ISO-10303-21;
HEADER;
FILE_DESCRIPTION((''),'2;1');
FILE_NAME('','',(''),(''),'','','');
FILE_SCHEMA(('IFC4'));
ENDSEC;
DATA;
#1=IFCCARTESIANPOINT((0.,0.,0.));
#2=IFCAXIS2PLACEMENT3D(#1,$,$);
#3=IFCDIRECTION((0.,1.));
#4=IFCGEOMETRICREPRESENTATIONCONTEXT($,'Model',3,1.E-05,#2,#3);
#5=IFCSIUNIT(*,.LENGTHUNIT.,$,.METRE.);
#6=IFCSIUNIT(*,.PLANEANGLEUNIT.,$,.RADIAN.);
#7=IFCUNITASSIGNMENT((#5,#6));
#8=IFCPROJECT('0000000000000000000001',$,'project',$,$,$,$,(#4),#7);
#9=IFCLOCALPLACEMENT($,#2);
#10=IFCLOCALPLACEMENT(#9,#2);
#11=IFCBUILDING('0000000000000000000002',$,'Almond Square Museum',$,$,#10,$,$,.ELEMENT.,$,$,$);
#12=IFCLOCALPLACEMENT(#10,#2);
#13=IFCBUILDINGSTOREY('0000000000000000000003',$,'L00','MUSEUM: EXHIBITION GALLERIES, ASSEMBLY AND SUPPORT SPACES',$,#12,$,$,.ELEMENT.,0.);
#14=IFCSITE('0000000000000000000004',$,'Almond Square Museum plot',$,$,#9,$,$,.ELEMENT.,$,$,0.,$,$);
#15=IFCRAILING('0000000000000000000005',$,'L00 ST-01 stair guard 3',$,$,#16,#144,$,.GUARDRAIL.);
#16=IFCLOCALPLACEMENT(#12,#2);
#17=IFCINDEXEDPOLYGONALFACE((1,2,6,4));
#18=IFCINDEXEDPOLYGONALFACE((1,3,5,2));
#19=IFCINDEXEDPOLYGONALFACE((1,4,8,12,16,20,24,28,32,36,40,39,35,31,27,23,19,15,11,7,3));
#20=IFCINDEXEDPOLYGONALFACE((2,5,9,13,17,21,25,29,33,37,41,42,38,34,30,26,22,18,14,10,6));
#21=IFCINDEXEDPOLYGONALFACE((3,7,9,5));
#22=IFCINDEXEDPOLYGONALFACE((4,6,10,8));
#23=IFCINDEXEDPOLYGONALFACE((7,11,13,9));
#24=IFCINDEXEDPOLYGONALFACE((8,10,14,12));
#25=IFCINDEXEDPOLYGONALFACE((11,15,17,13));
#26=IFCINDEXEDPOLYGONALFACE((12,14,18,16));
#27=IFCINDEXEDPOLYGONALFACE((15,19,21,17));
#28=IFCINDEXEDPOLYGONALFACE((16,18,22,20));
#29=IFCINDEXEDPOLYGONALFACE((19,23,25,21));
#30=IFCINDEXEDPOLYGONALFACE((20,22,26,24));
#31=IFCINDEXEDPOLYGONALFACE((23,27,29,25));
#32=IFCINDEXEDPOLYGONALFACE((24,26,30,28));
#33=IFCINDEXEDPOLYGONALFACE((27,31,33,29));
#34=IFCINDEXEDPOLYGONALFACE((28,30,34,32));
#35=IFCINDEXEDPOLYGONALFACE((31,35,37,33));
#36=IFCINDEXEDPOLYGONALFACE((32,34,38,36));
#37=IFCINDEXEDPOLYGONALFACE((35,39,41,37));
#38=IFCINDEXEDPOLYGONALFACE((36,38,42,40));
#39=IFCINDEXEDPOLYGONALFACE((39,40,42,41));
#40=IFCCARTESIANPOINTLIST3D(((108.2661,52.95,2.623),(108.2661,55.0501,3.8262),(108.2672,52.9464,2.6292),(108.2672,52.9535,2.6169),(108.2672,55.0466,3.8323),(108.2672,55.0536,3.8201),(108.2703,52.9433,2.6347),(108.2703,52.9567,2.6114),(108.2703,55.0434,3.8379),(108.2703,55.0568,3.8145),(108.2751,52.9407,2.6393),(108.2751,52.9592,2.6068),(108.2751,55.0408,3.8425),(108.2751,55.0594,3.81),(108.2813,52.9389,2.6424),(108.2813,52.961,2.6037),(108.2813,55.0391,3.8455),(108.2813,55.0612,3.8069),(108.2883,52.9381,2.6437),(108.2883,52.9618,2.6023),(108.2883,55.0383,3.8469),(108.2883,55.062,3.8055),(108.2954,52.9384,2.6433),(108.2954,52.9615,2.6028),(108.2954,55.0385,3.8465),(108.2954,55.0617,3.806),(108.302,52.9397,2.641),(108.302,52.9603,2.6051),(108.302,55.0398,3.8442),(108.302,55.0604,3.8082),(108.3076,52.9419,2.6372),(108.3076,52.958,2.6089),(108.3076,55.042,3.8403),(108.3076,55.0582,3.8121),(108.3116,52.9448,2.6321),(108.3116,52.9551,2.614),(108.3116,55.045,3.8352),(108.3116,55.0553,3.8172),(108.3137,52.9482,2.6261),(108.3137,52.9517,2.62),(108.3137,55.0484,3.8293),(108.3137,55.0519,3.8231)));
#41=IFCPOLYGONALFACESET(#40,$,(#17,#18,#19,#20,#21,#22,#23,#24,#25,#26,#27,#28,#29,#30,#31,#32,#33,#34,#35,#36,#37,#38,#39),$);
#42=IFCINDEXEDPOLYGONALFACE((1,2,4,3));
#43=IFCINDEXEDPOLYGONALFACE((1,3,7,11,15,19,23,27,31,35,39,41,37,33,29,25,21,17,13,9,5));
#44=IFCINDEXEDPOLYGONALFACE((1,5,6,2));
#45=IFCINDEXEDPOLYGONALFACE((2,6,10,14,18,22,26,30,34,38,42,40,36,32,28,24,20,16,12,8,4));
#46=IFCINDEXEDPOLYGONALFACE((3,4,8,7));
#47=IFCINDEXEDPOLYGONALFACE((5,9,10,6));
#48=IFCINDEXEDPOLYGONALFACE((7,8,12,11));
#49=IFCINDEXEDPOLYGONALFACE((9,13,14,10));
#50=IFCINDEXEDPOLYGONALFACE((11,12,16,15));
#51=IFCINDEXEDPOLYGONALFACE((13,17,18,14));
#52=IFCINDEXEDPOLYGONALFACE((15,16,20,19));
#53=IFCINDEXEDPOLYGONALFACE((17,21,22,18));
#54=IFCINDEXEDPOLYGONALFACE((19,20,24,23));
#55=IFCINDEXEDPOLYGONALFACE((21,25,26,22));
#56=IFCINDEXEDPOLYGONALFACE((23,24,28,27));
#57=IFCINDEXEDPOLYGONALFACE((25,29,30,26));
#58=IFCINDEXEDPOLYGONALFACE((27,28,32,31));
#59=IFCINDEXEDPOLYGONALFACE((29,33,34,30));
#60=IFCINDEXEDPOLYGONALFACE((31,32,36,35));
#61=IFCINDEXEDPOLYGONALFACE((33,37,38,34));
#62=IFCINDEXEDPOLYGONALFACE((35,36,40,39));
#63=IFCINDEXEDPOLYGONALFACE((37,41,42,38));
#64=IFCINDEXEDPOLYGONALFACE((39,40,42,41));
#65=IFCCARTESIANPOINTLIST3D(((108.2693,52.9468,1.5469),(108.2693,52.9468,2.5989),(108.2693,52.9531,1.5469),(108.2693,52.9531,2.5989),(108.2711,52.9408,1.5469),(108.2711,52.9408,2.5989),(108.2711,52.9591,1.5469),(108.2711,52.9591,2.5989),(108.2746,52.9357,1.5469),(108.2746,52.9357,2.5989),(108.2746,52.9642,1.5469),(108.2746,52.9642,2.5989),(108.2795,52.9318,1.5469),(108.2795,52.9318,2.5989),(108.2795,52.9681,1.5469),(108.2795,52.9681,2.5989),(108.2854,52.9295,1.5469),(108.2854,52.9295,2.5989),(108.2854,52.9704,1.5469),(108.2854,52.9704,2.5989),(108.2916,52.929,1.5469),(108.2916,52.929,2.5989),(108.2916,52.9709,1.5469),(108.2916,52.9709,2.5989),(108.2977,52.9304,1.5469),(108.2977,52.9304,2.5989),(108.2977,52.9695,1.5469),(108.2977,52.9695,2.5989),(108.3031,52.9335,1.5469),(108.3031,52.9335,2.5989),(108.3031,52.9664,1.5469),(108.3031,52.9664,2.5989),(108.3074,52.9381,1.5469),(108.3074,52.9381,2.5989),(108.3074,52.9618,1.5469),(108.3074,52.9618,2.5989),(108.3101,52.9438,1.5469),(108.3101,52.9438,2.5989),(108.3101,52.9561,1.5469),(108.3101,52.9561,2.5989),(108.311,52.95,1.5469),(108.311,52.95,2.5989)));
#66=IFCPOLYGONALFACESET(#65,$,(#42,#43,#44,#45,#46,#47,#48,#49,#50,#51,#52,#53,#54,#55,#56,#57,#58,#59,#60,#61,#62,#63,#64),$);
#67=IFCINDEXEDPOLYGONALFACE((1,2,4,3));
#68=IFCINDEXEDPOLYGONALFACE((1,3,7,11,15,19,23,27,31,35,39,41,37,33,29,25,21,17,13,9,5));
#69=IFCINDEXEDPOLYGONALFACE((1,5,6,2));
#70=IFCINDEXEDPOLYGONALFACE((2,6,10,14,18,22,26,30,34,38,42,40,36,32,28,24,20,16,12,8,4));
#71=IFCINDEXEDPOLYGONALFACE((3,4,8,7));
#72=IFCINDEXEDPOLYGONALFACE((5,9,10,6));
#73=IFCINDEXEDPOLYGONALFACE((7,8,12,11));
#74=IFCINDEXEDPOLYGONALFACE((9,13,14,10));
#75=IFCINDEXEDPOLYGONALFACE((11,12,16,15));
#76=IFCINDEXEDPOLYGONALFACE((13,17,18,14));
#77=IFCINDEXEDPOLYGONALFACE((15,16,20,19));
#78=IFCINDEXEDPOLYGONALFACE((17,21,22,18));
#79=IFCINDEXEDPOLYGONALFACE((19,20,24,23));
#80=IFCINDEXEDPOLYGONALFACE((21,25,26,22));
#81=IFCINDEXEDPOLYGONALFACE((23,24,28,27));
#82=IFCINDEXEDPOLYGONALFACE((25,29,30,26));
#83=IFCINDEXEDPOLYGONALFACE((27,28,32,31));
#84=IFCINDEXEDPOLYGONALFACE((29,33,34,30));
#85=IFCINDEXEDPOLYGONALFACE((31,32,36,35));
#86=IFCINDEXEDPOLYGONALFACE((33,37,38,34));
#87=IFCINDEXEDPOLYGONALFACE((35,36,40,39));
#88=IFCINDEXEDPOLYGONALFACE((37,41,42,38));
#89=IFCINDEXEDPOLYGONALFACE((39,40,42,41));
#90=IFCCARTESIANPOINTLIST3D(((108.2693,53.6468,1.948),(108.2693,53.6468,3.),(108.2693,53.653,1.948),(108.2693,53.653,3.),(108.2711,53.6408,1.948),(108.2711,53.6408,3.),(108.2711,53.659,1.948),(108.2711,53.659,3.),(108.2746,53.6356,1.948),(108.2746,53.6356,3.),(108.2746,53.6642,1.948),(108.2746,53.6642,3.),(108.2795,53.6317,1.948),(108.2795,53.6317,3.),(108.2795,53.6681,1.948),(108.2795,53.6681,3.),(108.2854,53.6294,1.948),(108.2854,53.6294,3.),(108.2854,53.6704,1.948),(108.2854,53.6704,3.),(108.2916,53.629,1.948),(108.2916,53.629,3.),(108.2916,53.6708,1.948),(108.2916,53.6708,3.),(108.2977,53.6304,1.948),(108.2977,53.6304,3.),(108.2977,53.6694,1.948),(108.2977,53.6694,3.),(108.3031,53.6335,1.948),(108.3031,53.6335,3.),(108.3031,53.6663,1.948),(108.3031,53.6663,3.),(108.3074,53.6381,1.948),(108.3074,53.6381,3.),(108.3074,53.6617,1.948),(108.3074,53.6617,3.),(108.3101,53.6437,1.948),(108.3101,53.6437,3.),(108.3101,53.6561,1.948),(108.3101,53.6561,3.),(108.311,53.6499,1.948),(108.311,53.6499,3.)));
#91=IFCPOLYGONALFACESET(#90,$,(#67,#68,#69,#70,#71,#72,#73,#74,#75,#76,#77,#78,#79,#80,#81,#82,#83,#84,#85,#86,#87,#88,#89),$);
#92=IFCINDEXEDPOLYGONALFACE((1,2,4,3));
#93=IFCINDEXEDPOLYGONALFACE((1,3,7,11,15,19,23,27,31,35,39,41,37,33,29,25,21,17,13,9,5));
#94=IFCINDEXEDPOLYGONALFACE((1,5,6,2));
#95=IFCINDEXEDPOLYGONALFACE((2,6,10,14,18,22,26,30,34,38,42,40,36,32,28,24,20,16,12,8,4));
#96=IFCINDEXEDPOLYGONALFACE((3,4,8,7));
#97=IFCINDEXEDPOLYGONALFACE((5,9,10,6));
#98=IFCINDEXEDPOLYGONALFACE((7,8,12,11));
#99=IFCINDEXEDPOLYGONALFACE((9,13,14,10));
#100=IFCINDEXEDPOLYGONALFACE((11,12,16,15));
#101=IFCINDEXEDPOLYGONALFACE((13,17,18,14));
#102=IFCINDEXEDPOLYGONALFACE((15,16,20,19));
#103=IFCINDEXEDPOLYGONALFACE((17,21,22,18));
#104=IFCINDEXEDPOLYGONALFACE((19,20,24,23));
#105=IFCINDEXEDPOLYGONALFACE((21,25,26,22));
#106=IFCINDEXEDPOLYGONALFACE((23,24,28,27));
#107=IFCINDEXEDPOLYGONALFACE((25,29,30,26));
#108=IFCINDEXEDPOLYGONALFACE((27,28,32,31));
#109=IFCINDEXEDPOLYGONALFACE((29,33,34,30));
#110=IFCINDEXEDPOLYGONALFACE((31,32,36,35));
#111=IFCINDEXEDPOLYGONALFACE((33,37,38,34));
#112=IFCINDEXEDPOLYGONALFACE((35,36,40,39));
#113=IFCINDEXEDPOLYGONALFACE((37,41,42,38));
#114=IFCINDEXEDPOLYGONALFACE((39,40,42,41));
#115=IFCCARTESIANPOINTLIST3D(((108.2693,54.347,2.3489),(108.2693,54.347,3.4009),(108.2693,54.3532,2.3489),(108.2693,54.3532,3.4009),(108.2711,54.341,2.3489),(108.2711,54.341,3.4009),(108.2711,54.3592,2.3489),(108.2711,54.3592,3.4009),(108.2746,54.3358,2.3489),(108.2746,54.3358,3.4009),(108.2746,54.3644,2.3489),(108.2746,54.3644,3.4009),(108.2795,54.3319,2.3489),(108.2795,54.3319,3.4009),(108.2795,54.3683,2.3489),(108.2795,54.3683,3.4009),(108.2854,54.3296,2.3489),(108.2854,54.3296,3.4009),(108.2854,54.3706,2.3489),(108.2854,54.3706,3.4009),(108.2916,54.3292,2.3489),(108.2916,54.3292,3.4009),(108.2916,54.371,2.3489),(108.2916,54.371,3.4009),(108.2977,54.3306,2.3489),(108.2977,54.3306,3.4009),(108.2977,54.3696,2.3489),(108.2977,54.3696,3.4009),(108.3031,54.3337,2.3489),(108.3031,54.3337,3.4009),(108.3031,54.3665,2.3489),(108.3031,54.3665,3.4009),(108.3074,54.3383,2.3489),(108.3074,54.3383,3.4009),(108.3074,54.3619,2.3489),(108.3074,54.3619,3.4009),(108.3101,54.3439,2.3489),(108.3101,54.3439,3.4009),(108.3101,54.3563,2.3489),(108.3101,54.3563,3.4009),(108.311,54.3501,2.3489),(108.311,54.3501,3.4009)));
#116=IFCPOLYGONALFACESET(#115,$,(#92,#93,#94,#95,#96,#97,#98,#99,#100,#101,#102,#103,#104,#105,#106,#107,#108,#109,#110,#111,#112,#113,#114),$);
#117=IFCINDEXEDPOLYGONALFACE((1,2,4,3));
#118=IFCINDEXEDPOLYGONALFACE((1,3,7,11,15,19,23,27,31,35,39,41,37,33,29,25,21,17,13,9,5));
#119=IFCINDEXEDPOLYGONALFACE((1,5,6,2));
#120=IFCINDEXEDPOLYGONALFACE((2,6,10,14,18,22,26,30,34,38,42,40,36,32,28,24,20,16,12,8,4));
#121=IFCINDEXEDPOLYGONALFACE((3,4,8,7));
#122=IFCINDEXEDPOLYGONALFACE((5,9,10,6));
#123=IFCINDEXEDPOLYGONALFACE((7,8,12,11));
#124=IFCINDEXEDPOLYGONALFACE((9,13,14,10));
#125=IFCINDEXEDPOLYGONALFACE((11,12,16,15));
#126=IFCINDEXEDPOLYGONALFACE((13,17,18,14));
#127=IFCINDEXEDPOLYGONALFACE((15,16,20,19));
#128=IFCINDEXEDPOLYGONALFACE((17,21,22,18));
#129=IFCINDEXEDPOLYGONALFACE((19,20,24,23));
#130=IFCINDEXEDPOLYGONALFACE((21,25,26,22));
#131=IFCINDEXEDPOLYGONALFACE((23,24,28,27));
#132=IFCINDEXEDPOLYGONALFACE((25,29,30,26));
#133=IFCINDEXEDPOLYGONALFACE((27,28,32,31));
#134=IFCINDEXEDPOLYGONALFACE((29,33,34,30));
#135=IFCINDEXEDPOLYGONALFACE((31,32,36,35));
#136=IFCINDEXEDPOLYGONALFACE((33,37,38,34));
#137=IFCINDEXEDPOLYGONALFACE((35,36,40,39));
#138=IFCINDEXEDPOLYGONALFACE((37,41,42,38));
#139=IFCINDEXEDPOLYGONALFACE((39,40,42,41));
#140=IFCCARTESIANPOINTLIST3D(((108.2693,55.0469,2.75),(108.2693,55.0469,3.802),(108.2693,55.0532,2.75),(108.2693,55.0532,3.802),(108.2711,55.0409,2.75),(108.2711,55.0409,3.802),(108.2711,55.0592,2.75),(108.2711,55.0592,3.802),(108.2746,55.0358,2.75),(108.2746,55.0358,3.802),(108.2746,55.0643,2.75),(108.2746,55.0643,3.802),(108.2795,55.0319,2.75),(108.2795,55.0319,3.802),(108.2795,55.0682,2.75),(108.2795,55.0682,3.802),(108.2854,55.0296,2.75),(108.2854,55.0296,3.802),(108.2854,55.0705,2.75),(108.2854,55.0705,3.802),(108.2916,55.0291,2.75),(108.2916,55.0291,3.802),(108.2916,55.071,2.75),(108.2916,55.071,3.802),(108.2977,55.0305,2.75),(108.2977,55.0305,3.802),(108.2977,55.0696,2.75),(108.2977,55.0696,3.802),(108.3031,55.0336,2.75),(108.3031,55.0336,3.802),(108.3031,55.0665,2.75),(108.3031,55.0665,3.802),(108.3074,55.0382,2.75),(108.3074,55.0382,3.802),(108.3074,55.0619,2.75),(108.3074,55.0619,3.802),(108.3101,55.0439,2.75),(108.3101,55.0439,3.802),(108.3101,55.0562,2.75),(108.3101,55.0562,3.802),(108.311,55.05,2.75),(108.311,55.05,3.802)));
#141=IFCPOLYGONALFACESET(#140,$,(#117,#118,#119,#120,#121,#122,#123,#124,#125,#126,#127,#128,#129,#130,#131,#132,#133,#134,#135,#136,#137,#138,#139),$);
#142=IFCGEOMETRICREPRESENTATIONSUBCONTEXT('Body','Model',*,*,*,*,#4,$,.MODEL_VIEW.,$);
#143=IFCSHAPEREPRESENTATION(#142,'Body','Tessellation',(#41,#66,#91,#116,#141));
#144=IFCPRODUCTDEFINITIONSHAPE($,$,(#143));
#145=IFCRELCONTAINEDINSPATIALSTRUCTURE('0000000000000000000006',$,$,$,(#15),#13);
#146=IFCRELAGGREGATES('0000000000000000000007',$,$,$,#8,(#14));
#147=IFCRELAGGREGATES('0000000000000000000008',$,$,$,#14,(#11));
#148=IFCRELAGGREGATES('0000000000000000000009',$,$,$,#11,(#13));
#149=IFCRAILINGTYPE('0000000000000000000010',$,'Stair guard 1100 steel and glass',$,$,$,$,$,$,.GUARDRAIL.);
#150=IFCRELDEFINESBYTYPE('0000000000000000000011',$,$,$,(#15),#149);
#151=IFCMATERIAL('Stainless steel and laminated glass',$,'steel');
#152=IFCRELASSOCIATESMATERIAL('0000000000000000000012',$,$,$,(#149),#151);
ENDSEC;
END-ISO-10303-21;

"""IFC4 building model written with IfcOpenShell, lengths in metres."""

from ifc_helpers import new_model, si_unit, direction, frame, origin, origin_2d, place, context, subcontext, project, spatial, circle, extrude, material, type_object, element, save


model = new_model("IFC4")

# Units and contexts
model_context = context("Model", 3, precision=1e-05, world=origin(), true_north=direction((0.0, 1.0)))
body_context = subcontext(model_context, "Body", "Model", "MODEL_VIEW")
ifc_project = project(units=[si_unit("LENGTHUNIT", "METRE"), si_unit("PLANEANGLEUNIT", "RADIAN")], contexts=[model_context])

# Site, building, storey
site_placement = place(None, origin())
site = spatial("IfcSite", under=ifc_project, at=site_placement, Name="Almond Square Museum plot", CompositionType="ELEMENT", RefElevation=0.0)
building_placement = place(site_placement, origin())
building = spatial("IfcBuilding", under=site, at=building_placement, Name="Almond Square Museum", CompositionType="ELEMENT")
storey_placement = place(building_placement, origin())
storey = spatial("IfcBuildingStorey", under=building, at=storey_placement, Name="L00", Description="MUSEUM: EXHIBITION GALLERIES, ASSEMBLY AND SUPPORT SPACES", CompositionType="ELEMENT", Elevation=0.0)

# Railing
ifc_material_1 = material(Name="Stainless steel and laminated glass", Category="steel")
railing_type_1 = type_object("IfcRailingType", Name="Stair guard 1100 steel and glass", PredefinedType="GUARDRAIL", material=ifc_material_1)
railing_1_placement = place(storey_placement, frame((108.29, 52.95, 1.5469)))
element("IfcRailing", 1, at=railing_1_placement, inside=storey, type_object=railing_type_1, Name="L00 ST-01 stair guard 3", PredefinedType="GUARDRAIL", context=body_context, shape_type="SweptSolid", body=[
    extrude(circle(Radius=0.0239, at=origin_2d()), frame((0.0, 0.0, 1.0762), z_axis=(0.0, 0.867696, 0.497095), x_axis=(-1.0, 0.0, 0.0)), (0.0, 0.0, 1.0), 2.4204),
    extrude(circle(Radius=0.021, at=origin_2d()), origin(), (0.0, 0.0, 1.0), 1.052),
    extrude(circle(Radius=0.021, at=origin_2d()), frame((0.0, 0.7, 0.4011)), (0.0, 0.0, 1.0), 1.052),
    extrude(circle(Radius=0.021, at=origin_2d()), frame((0.0, 1.4001, 0.802)), (0.0, 0.0, 1.0), 1.052),
    extrude(circle(Radius=0.021, at=origin_2d()), frame((0.0, 2.1001, 1.2031)), (0.0, 0.0, 1.0), 1.052),
])

save(model, "model.ifc")
